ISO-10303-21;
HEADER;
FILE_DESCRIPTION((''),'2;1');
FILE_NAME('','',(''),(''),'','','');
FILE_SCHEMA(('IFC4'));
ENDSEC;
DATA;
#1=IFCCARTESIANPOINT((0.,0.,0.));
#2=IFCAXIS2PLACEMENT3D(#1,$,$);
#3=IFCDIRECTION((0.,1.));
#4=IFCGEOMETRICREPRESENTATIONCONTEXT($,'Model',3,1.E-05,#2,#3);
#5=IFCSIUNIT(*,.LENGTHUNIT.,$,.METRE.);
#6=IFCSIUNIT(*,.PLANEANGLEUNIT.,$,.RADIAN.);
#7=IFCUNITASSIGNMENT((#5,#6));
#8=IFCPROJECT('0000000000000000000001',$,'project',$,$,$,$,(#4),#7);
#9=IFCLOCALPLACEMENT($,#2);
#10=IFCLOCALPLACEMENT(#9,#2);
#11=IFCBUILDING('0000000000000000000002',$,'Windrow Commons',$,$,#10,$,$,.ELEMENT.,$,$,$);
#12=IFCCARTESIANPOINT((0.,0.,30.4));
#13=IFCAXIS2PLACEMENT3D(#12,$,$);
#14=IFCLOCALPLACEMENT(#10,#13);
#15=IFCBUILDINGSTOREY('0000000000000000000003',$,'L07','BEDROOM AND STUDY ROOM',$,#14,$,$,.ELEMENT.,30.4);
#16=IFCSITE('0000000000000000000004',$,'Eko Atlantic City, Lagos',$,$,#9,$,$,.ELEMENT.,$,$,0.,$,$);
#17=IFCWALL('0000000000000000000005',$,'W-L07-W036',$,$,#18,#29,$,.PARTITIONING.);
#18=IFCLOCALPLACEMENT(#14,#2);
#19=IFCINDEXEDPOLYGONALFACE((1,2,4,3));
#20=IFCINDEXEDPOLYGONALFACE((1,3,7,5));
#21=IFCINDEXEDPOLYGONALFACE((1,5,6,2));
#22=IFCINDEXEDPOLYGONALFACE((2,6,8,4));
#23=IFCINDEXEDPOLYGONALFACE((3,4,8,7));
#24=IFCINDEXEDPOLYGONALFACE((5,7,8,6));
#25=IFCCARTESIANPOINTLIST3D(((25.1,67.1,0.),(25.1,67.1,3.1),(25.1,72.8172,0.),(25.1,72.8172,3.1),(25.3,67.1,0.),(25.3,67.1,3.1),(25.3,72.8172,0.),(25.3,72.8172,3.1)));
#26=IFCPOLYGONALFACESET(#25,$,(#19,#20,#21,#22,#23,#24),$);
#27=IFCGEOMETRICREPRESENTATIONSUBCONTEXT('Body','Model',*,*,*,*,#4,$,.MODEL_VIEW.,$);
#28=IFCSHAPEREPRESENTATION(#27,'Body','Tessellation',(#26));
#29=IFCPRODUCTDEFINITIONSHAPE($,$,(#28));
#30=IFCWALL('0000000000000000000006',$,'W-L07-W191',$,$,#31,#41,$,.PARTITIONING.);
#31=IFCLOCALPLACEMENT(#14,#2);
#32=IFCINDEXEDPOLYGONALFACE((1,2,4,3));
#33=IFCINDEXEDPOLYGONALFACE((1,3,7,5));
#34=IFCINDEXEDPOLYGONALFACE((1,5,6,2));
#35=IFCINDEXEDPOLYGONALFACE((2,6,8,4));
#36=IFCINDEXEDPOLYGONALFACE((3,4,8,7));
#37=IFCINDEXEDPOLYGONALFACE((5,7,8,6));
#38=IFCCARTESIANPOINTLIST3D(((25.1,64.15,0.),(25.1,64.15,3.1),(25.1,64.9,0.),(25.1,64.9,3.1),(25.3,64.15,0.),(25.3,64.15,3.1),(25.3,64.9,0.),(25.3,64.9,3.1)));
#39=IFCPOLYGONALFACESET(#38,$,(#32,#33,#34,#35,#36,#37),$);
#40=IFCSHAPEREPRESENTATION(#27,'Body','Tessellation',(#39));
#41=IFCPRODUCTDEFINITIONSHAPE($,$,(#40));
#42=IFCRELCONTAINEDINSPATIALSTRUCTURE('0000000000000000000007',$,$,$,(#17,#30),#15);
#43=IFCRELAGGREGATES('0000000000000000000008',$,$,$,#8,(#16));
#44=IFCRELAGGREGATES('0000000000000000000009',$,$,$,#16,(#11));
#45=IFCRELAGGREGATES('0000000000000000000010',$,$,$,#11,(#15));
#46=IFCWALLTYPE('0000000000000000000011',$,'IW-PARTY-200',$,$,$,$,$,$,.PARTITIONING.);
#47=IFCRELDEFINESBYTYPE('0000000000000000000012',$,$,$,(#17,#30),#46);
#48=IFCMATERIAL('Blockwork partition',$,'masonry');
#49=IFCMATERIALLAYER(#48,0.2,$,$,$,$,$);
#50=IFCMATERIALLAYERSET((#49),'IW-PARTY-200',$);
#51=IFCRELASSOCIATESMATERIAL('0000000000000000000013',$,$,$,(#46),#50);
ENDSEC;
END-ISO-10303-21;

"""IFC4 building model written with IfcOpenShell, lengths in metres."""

from ifc_helpers import new_model, si_unit, direction, frame, frame_2d, origin, place, context, subcontext, project, spatial, rectangle, extrude, material, layer, layer_set, type_object, element, save


model = new_model("IFC4")

# Units and contexts
model_context = context("Model", 3, precision=1e-05, world=origin(), true_north=direction((0.0, 1.0)))
body_context = subcontext(model_context, "Body", "Model", "MODEL_VIEW")
ifc_project = project(units=[si_unit("LENGTHUNIT", "METRE"), si_unit("PLANEANGLEUNIT", "RADIAN")], contexts=[model_context])

# Site, building, storey
site_placement = place(None, origin())
site = spatial("IfcSite", under=ifc_project, at=site_placement, Name="Eko Atlantic City, Lagos", CompositionType="ELEMENT", RefElevation=0.0)
building_placement = place(site_placement, origin())
building = spatial("IfcBuilding", under=site, at=building_placement, Name="Windrow Commons", CompositionType="ELEMENT")
storey_placement = place(building_placement, frame((0.0, 0.0, 30.4)))
storey = spatial("IfcBuildingStorey", under=building, at=storey_placement, Name="L07", Description="BEDROOM AND STUDY ROOM", CompositionType="ELEMENT", Elevation=30.4)

# Walls
ifc_material_1 = material(Name="Blockwork partition", Category="masonry")
ifc_layer_1 = layer(ifc_material_1, 0.2)
ifc_layer_set_1 = layer_set([ifc_layer_1], Name="IW-PARTY-200")
wall_type_1 = type_object("IfcWallType", Name="IW-PARTY-200", PredefinedType="PARTITIONING", material=ifc_layer_set_1)
wall_1_placement = place(storey_placement, frame((25.2, 67.1, 0.0), z_axis=(0.0, 0.0, 1.0), x_axis=(0.0, 1.0, 0.0)))
element("IfcWall", 1, at=wall_1_placement, inside=storey, type_object=wall_type_1, Name="W-L07-W036", PredefinedType="PARTITIONING", context=body_context, shape_type="SweptSolid", body=[
    extrude(rectangle(XDim=5.7171, YDim=0.2, at=frame_2d((2.8586, 0.0))), origin(), (0.0, 0.0, 1.0), 3.1),
])
wall_2_placement = place(storey_placement, frame((25.2, 64.15, 0.0), z_axis=(0.0, 0.0, 1.0), x_axis=(0.0, 1.0, 0.0)))
element("IfcWall", 2, at=wall_2_placement, inside=storey, type_object=wall_type_1, Name="W-L07-W191", PredefinedType="PARTITIONING", context=body_context, shape_type="SweptSolid", body=[
    extrude(rectangle(XDim=0.75, YDim=0.2, at=frame_2d((0.375, 0.0))), origin(), (0.0, 0.0, 1.0), 3.1),
])

save(model, "model.ifc")
